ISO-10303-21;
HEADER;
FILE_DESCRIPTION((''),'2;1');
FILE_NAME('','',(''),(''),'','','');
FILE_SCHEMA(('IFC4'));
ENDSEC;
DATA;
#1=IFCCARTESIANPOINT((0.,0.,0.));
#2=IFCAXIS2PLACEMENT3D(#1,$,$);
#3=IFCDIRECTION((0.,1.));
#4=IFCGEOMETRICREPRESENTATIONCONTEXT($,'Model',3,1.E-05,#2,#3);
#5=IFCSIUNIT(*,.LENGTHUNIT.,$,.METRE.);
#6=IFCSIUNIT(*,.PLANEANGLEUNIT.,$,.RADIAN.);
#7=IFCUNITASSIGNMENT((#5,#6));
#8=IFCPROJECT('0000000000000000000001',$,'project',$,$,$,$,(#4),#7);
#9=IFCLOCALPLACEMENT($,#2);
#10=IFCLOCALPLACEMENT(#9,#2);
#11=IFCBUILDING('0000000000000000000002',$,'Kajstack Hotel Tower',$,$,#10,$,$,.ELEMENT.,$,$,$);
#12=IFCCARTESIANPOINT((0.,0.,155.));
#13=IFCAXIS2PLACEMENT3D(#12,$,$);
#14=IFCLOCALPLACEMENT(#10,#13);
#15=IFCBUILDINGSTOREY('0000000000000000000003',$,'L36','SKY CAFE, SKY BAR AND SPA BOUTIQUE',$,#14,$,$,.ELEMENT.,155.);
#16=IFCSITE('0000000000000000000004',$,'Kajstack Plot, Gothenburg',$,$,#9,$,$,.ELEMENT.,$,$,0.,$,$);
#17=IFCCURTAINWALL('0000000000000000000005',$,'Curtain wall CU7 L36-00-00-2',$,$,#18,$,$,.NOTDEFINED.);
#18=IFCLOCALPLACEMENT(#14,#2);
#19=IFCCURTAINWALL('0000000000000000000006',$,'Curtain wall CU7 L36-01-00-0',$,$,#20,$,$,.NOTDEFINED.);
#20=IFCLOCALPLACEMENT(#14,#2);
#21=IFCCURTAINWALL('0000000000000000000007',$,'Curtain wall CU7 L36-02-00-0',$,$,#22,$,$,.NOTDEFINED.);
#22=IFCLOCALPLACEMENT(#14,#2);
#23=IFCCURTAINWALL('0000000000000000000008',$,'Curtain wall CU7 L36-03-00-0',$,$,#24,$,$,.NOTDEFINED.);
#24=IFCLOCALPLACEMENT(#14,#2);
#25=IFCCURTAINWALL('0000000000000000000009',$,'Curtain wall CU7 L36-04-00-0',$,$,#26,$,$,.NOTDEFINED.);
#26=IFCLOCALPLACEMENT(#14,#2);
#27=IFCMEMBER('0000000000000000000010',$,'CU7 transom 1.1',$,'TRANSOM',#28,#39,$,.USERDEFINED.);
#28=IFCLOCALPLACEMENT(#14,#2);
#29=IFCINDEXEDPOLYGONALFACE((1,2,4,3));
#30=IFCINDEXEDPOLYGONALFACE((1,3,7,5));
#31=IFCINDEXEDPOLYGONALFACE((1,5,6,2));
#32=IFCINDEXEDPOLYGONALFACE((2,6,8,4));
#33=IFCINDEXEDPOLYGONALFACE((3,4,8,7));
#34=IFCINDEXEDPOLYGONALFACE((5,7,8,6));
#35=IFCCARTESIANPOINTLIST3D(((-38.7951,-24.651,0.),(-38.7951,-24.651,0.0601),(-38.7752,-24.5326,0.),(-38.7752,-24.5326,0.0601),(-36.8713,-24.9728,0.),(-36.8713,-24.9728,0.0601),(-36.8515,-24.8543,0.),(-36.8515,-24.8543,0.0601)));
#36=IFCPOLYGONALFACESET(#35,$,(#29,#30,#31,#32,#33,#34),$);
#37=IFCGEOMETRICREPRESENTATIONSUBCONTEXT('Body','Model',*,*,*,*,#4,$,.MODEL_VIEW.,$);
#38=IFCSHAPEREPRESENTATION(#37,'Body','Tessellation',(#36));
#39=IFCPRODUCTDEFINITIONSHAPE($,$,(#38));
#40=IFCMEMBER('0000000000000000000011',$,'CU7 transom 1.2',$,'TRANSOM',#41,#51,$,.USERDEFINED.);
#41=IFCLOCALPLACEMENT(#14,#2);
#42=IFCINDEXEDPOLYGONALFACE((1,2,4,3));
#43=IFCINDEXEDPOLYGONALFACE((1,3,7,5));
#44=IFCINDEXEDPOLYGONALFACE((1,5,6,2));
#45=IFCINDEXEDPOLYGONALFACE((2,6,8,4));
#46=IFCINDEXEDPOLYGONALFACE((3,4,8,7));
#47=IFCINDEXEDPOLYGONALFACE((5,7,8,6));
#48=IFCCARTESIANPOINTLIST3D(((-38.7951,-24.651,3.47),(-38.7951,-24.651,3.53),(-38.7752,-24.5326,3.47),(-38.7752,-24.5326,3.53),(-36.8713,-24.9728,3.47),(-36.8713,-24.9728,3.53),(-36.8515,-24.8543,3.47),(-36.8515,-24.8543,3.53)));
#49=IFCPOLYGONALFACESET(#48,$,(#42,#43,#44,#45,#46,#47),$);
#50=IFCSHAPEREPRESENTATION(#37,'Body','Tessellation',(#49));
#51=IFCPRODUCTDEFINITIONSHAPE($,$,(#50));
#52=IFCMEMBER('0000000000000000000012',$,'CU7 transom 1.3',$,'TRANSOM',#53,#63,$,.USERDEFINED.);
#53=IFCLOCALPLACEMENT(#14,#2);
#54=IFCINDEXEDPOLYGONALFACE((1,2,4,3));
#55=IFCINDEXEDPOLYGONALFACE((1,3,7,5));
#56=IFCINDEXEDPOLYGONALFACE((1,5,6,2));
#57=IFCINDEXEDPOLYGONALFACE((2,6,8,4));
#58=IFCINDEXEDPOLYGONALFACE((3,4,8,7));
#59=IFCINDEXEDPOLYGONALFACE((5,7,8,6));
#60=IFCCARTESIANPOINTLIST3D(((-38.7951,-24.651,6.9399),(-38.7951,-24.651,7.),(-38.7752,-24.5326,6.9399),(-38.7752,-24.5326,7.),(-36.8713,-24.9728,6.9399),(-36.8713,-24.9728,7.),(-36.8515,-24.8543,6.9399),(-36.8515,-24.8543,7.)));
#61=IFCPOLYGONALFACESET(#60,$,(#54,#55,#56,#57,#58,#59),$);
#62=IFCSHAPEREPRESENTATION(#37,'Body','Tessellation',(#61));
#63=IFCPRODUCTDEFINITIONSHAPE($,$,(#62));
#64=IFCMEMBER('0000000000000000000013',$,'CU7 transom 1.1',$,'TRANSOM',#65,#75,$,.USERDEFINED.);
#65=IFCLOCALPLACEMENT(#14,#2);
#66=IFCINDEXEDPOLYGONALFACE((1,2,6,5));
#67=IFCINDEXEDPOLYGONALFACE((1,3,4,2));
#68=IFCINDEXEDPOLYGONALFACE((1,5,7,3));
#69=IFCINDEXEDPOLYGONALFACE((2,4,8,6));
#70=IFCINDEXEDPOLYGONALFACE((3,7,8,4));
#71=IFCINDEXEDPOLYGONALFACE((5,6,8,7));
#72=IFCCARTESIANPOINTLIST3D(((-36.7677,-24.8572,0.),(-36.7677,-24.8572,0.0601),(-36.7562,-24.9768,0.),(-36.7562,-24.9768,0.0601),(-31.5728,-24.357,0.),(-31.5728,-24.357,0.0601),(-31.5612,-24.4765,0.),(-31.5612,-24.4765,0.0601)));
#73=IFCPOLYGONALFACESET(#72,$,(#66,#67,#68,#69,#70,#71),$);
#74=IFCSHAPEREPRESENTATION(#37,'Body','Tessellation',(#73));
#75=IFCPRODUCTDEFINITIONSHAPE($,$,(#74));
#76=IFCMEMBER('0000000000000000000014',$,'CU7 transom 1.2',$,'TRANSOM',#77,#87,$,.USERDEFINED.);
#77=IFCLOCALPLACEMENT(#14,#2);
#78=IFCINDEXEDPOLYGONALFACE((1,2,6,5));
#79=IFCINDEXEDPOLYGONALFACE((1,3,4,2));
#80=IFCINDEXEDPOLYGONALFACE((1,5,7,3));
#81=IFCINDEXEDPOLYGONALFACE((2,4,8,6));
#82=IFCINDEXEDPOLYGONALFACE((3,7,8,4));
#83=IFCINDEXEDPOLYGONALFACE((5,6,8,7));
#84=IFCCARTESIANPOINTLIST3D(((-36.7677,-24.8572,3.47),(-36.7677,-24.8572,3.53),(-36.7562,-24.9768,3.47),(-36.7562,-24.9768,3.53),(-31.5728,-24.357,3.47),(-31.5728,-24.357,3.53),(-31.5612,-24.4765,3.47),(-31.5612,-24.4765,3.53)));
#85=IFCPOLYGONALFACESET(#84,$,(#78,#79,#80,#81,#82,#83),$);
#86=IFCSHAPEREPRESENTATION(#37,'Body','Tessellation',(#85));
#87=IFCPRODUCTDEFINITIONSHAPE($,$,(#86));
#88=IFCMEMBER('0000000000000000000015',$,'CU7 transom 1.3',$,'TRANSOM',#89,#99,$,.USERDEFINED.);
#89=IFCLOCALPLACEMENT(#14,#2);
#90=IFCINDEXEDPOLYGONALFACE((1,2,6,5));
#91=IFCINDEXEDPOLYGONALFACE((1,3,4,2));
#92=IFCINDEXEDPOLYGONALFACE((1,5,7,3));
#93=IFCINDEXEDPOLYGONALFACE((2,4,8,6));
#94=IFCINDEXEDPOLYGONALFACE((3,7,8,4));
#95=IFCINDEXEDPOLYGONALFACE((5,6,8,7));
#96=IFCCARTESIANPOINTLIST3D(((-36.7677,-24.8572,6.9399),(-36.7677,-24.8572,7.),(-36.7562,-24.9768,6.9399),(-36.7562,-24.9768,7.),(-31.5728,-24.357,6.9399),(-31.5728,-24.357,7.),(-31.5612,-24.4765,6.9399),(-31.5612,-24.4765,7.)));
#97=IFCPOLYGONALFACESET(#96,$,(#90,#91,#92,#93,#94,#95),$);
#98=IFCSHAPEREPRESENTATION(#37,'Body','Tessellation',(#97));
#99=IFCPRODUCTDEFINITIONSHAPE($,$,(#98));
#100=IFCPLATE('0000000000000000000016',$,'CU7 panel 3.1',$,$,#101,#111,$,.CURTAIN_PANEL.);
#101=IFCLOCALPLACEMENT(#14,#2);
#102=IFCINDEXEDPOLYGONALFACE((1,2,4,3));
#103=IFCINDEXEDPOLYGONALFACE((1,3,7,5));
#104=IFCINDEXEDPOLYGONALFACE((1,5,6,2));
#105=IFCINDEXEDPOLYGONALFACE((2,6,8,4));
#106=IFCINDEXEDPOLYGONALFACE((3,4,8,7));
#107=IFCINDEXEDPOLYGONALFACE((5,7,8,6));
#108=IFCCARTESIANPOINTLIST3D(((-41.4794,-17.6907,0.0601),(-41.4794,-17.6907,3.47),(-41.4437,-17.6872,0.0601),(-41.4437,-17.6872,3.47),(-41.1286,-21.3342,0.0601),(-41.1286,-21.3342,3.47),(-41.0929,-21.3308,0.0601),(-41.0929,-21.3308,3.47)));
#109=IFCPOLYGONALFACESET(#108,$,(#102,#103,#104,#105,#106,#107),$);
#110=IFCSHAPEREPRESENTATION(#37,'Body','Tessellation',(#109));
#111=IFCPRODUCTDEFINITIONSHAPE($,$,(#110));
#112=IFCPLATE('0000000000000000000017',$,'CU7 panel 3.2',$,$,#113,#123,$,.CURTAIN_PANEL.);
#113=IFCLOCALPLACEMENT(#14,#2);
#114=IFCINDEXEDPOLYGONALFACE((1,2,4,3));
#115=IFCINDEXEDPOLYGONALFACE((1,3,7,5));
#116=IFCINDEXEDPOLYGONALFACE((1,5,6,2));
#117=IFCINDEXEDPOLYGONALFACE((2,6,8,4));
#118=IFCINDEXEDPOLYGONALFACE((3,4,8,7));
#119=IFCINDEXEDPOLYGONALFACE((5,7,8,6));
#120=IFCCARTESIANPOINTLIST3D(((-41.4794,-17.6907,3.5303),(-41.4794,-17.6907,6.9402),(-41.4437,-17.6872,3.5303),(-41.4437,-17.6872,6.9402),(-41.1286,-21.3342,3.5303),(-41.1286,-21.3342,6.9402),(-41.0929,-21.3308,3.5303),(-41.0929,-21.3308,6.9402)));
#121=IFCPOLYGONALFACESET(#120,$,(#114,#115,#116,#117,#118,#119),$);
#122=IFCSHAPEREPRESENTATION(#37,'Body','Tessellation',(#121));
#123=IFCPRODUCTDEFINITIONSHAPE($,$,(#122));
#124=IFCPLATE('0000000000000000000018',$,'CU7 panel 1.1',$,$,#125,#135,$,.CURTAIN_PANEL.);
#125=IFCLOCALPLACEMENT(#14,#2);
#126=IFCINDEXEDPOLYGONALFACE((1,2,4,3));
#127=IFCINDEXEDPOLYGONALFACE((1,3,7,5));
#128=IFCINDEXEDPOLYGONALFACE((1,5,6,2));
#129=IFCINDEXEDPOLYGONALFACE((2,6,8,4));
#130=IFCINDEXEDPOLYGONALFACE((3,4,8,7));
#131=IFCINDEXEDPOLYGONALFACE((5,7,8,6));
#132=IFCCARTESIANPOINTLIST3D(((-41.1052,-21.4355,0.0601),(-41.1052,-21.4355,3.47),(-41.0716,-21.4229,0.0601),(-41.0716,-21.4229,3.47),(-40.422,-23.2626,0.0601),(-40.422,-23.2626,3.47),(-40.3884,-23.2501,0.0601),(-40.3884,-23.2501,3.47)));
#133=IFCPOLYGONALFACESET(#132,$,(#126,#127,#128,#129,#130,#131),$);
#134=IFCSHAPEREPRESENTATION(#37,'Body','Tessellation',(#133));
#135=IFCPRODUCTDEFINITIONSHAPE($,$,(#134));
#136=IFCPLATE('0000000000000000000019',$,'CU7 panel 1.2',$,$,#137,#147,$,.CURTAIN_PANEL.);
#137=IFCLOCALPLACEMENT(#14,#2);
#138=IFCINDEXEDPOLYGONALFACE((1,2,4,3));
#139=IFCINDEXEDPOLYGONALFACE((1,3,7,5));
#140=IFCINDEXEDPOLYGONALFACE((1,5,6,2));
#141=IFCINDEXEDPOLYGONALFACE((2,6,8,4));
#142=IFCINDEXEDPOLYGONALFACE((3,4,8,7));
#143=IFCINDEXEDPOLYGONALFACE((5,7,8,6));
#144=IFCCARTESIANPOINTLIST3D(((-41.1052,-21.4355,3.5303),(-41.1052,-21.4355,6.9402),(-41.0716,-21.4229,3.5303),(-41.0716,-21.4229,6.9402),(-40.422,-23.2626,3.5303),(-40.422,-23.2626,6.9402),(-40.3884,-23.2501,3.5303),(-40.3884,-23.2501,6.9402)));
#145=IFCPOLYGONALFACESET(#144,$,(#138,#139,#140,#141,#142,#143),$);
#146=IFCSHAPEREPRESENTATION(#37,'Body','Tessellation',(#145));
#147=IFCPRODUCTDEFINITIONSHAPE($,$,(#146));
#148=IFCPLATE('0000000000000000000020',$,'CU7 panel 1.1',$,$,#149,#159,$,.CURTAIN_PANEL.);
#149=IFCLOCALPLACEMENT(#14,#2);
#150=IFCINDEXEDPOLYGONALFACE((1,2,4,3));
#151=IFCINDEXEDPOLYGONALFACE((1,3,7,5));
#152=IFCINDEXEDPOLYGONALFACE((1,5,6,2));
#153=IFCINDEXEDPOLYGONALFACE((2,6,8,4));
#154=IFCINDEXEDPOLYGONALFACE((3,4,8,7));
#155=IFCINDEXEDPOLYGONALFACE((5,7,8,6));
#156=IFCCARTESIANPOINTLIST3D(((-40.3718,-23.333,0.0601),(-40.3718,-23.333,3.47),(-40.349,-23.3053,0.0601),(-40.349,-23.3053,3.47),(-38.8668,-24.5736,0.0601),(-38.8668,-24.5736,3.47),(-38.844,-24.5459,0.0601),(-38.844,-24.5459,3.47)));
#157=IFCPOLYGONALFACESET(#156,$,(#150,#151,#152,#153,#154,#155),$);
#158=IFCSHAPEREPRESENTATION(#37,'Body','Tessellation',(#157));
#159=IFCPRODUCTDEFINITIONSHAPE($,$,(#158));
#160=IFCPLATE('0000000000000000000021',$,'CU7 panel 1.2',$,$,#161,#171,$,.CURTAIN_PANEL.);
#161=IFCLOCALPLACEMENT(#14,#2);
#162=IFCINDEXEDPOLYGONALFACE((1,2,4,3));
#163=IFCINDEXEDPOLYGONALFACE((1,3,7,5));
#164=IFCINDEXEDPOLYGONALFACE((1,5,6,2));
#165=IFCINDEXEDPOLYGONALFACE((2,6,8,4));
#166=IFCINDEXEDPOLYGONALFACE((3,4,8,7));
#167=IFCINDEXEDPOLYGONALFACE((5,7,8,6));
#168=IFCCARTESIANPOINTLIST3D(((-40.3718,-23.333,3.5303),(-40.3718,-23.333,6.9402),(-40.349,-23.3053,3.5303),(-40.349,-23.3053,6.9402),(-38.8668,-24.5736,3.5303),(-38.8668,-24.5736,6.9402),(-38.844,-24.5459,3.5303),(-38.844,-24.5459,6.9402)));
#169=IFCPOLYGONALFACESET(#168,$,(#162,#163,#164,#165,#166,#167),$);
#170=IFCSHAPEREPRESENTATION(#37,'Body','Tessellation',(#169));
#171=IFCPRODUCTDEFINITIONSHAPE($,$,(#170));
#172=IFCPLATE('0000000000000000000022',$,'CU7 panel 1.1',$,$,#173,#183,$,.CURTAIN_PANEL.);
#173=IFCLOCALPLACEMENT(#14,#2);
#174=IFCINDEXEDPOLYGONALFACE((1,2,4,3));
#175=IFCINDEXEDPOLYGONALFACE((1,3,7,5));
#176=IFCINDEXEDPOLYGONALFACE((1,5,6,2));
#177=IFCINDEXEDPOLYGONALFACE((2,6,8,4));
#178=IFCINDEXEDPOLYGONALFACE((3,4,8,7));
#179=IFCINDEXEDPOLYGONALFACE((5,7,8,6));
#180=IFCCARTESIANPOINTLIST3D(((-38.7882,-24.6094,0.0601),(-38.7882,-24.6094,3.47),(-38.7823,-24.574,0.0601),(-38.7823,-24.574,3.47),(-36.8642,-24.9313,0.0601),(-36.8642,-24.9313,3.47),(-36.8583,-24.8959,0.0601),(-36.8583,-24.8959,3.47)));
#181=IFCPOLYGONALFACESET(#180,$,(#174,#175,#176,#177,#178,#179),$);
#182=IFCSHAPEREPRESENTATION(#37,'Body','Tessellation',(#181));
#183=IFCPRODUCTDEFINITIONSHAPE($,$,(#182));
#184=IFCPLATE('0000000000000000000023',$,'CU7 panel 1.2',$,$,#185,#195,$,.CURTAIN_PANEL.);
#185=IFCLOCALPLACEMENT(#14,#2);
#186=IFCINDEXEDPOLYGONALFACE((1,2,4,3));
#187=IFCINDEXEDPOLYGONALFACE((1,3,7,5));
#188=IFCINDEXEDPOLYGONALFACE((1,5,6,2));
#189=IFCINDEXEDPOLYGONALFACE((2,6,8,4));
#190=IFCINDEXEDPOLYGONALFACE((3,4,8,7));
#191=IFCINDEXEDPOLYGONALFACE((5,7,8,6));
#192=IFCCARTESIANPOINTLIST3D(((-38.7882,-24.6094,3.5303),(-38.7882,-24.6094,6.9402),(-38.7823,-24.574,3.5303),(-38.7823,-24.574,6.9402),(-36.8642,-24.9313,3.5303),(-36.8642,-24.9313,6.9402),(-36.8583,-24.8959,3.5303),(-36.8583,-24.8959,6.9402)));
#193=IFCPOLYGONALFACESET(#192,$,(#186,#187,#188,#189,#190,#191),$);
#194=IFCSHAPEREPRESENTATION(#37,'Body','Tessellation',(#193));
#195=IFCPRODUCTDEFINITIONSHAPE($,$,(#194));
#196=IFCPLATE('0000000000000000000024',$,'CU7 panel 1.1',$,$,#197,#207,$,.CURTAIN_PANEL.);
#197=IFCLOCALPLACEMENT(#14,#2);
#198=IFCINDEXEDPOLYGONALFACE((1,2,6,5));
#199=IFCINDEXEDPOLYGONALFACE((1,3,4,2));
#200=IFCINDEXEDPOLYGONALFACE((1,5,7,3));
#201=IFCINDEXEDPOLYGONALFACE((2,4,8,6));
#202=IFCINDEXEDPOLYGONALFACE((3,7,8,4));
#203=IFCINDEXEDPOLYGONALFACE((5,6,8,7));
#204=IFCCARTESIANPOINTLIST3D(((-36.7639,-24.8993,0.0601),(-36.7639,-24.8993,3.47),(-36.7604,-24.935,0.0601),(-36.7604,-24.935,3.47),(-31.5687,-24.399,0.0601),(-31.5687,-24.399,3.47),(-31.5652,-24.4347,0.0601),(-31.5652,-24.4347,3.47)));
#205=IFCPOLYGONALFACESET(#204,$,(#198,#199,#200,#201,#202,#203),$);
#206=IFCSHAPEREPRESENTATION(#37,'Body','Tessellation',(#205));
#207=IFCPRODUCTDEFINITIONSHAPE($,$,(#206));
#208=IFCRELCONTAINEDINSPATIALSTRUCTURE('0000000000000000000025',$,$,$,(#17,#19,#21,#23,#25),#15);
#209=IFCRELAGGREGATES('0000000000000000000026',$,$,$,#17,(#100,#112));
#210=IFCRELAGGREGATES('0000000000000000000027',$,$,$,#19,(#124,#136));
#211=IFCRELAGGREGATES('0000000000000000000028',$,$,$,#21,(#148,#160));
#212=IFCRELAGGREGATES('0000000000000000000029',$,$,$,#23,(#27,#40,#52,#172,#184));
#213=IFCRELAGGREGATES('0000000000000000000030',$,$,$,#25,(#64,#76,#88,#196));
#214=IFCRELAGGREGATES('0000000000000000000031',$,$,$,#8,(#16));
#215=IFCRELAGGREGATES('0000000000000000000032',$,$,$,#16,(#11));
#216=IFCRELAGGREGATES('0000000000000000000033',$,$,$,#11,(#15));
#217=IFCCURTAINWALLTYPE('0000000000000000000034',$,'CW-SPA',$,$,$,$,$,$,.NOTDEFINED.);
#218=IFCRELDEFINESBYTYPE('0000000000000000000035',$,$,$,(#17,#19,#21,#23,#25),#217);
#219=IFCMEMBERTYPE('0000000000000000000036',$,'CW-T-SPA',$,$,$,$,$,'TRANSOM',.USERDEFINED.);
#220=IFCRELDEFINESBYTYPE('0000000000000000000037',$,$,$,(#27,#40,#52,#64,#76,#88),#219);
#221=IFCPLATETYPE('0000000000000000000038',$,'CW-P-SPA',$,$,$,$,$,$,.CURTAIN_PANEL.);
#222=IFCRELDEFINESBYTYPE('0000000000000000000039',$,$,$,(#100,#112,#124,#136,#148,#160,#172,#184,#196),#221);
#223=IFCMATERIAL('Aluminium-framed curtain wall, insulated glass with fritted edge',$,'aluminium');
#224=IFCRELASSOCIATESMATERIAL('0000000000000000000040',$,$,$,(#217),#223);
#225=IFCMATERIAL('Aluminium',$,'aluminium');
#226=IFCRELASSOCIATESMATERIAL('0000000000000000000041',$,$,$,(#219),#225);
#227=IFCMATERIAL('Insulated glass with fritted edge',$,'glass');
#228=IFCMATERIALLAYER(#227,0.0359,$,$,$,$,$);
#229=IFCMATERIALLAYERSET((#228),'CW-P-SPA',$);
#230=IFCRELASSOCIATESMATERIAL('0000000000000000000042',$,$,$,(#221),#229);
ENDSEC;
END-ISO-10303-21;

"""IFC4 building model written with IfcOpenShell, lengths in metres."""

from ifc_helpers import new_model, si_unit, direction, frame, origin, origin_2d, place, context, subcontext, project, spatial, rectangle, extrude, material, layer, layer_set, material_profile, profile_set, type_object, element, aggregate, save


model = new_model("IFC4")

# Units and contexts
model_context = context("Model", 3, precision=1e-05, world=origin(), true_north=direction((0.0, 1.0)))
body_context = subcontext(model_context, "Body", "Model", "MODEL_VIEW")
ifc_project = project(units=[si_unit("LENGTHUNIT", "METRE"), si_unit("PLANEANGLEUNIT", "RADIAN")], contexts=[model_context])

# Site, building, storey
site_placement = place(None, origin())
site = spatial("IfcSite", under=ifc_project, at=site_placement, Name="Kajstack Plot, Gothenburg", CompositionType="ELEMENT", RefElevation=0.0)
building_placement = place(site_placement, origin())
building = spatial("IfcBuilding", under=site, at=building_placement, Name="Kajstack Hotel Tower", CompositionType="ELEMENT")
storey_placement = place(building_placement, frame((0.0, 0.0, 155.0)))
storey = spatial("IfcBuildingStorey", under=building, at=storey_placement, Name="L36", Description="SKY CAFE, SKY BAR AND SPA BOUTIQUE", CompositionType="ELEMENT", Elevation=155.0)

# Curtain wall
ifc_material_1 = material(Name="Aluminium-framed curtain wall, insulated glass with fritted edge", Category="aluminium")
curtain_wall_type = type_object("IfcCurtainWallType", Name="CW-SPA", PredefinedType="NOTDEFINED", material=ifc_material_1)
curtain_wall_1_placement = place(storey_placement, origin())
curtain_wall_1 = element("IfcCurtainWall", 1, at=curtain_wall_1_placement, inside=storey, type_object=curtain_wall_type, Name="Curtain wall CU7 L36-00-00-2", PredefinedType="NOTDEFINED")
ifc_material_2 = material(Name="Aluminium", Category="aluminium")

# Curtain walls
curtain_wall_2_placement = place(storey_placement, origin())
curtain_wall_2 = element("IfcCurtainWall", 2, at=curtain_wall_2_placement, inside=storey, type_object=curtain_wall_type, Name="Curtain wall CU7 L36-01-00-0", PredefinedType="NOTDEFINED")
curtain_wall_3_placement = place(storey_placement, origin())
curtain_wall_3 = element("IfcCurtainWall", 3, at=curtain_wall_3_placement, inside=storey, type_object=curtain_wall_type, Name="Curtain wall CU7 L36-02-00-0", PredefinedType="NOTDEFINED")
curtain_wall_4_placement = place(storey_placement, origin())
curtain_wall_4 = element("IfcCurtainWall", 4, at=curtain_wall_4_placement, inside=storey, type_object=curtain_wall_type, Name="Curtain wall CU7 L36-03-00-0", PredefinedType="NOTDEFINED")

# Curtain wall
curtain_wall_5_placement = place(storey_placement, origin())
curtain_wall_5 = element("IfcCurtainWall", 5, at=curtain_wall_5_placement, inside=storey, type_object=curtain_wall_type, Name="Curtain wall CU7 L36-04-00-0", PredefinedType="NOTDEFINED")

# Members
ifc_material_profile_1 = material_profile(ifc_material_2, rectangle(XDim=0.1201, YDim=0.0601, at=origin_2d()), Name="Aluminium transom 120 x 60")
ifc_profile_set_1 = profile_set([ifc_material_profile_1], Name="Aluminium")
member_type_1 = type_object("IfcMemberType", Name="CW-T-SPA", ElementType="TRANSOM", PredefinedType="USERDEFINED", material=ifc_profile_set_1)
member_1_placement = place(storey_placement, frame((-38.7852, -24.5918, 0.03), z_axis=(0.986299, -0.164967, 0.0), x_axis=(0.164967, 0.986299, 0.0)))
member_1 = element("IfcMember", 6, at=member_1_placement, type_object=member_type_1, Name="CU7 transom 1.1", ObjectType="TRANSOM", PredefinedType="USERDEFINED", context=body_context, shape_type="SweptSolid", body=[
    extrude(rectangle(XDim=0.1201, YDim=0.0601, at=origin_2d()), origin(), (0.0, 0.0, 1.0), 1.9504),
])
member_2_placement = place(storey_placement, frame((-38.7852, -24.5918, 3.5), z_axis=(0.986299, -0.164967, 0.0), x_axis=(0.164967, 0.986299, 0.0)))
member_2 = element("IfcMember", 7, at=member_2_placement, type_object=member_type_1, Name="CU7 transom 1.2", ObjectType="TRANSOM", PredefinedType="USERDEFINED", context=body_context, shape_type="SweptSolid", body=[
    extrude(rectangle(XDim=0.1201, YDim=0.0601, at=origin_2d()), origin(), (0.0, 0.0, 1.0), 1.9504),
])
member_3_placement = place(storey_placement, frame((-38.7852, -24.5918, 6.97), z_axis=(0.986299, -0.164967, 0.0), x_axis=(0.164967, 0.986299, 0.0)))
member_3 = element("IfcMember", 8, at=member_3_placement, type_object=member_type_1, Name="CU7 transom 1.3", ObjectType="TRANSOM", PredefinedType="USERDEFINED", context=body_context, shape_type="SweptSolid", body=[
    extrude(rectangle(XDim=0.1201, YDim=0.0601, at=origin_2d()), origin(), (0.0, 0.0, 1.0), 1.9504),
])
member_4_placement = place(storey_placement, frame((-36.762, -24.917, 0.03), z_axis=(0.995396, 0.095849, 0.0), x_axis=(-0.095849, 0.995396, 0.0)))
member_4 = element("IfcMember", 9, at=member_4_placement, type_object=member_type_1, Name="CU7 transom 1.1", ObjectType="TRANSOM", PredefinedType="USERDEFINED", context=body_context, shape_type="SweptSolid", body=[
    extrude(rectangle(XDim=0.1201, YDim=0.0601, at=origin_2d()), origin(), (0.0, 0.0, 1.0), 5.219),
])
member_5_placement = place(storey_placement, frame((-36.762, -24.917, 3.5), z_axis=(0.995396, 0.095849, 0.0), x_axis=(-0.095849, 0.995396, 0.0)))
member_5 = element("IfcMember", 10, at=member_5_placement, type_object=member_type_1, Name="CU7 transom 1.2", ObjectType="TRANSOM", PredefinedType="USERDEFINED", context=body_context, shape_type="SweptSolid", body=[
    extrude(rectangle(XDim=0.1201, YDim=0.0601, at=origin_2d()), origin(), (0.0, 0.0, 1.0), 5.219),
])
member_6_placement = place(storey_placement, frame((-36.762, -24.917, 6.97), z_axis=(0.995396, 0.095849, 0.0), x_axis=(-0.095849, 0.995396, 0.0)))
member_6 = element("IfcMember", 11, at=member_6_placement, type_object=member_type_1, Name="CU7 transom 1.3", ObjectType="TRANSOM", PredefinedType="USERDEFINED", context=body_context, shape_type="SweptSolid", body=[
    extrude(rectangle(XDim=0.1201, YDim=0.0601, at=origin_2d()), origin(), (0.0, 0.0, 1.0), 5.219),
])

# Plates
ifc_material_3 = material(Name="Insulated glass with fritted edge", Category="glass")
ifc_layer_1 = layer(ifc_material_3, 0.0359)
ifc_layer_set_1 = layer_set([ifc_layer_1], Name="CW-P-SPA")
plate_type = type_object("IfcPlateType", Name="CW-P-SPA", PredefinedType="CURTAIN_PANEL", material=ifc_layer_set_1)
plate_1_placement = place(storey_placement, frame((-41.2861, -19.5107, 0.0601), z_axis=(0.0, 0.0, 1.0), x_axis=(0.095844, -0.995396, 0.0)))
plate_1 = element("IfcPlate", 12, at=plate_1_placement, type_object=plate_type, Name="CU7 panel 3.1", PredefinedType="CURTAIN_PANEL", context=body_context, shape_type="SweptSolid", body=[
    extrude(rectangle(XDim=3.6604, YDim=0.0359, at=origin_2d()), origin(), (0.0, 0.0, 1.0), 3.4099),
])
plate_2_placement = place(storey_placement, frame((-41.2861, -19.5107, 3.5303), z_axis=(0.0, 0.0, 1.0), x_axis=(0.095844, -0.995396, 0.0)))
plate_2 = element("IfcPlate", 13, at=plate_2_placement, type_object=plate_type, Name="CU7 panel 3.2", PredefinedType="CURTAIN_PANEL", context=body_context, shape_type="SweptSolid", body=[
    extrude(rectangle(XDim=3.6604, YDim=0.0359, at=origin_2d()), origin(), (0.0, 0.0, 1.0), 3.4099),
])
aggregate(curtain_wall_1, [plate_1, plate_2])
plate_3_placement = place(storey_placement, frame((-40.7468, -22.3428, 0.0601), z_axis=(0.0, 0.0, 1.0), x_axis=(0.350229, -0.936664, 0.0)))
plate_3 = element("IfcPlate", 14, at=plate_3_placement, type_object=plate_type, Name="CU7 panel 1.1", PredefinedType="CURTAIN_PANEL", context=body_context, shape_type="SweptSolid", body=[
    extrude(rectangle(XDim=1.9507, YDim=0.0359, at=origin_2d()), origin(), (0.0, 0.0, 1.0), 3.4099),
])
plate_4_placement = place(storey_placement, frame((-40.7468, -22.3428, 3.5303), z_axis=(0.0, 0.0, 1.0), x_axis=(0.350229, -0.936664, 0.0)))
plate_4 = element("IfcPlate", 15, at=plate_4_placement, type_object=plate_type, Name="CU7 panel 1.2", PredefinedType="CURTAIN_PANEL", context=body_context, shape_type="SweptSolid", body=[
    extrude(rectangle(XDim=1.9507, YDim=0.0359, at=origin_2d()), origin(), (0.0, 0.0, 1.0), 3.4099),
])
aggregate(curtain_wall_2, [plate_3, plate_4])
plate_5_placement = place(storey_placement, frame((-39.6079, -23.9395, 0.0601), z_axis=(0.0, 0.0, 1.0), x_axis=(0.771615, -0.63609, 0.0)))
plate_5 = element("IfcPlate", 16, at=plate_5_placement, type_object=plate_type, Name="CU7 panel 1.1", PredefinedType="CURTAIN_PANEL", context=body_context, shape_type="SweptSolid", body=[
    extrude(rectangle(XDim=1.9504, YDim=0.0359, at=origin_2d()), origin(), (0.0, 0.0, 1.0), 3.4099),
])
plate_6_placement = place(storey_placement, frame((-39.6079, -23.9395, 3.5303), z_axis=(0.0, 0.0, 1.0), x_axis=(0.771615, -0.63609, 0.0)))
plate_6 = element("IfcPlate", 17, at=plate_6_placement, type_object=plate_type, Name="CU7 panel 1.2", PredefinedType="CURTAIN_PANEL", context=body_context, shape_type="SweptSolid", body=[
    extrude(rectangle(XDim=1.9504, YDim=0.0359, at=origin_2d()), origin(), (0.0, 0.0, 1.0), 3.4099),
])
aggregate(curtain_wall_3, [plate_5, plate_6])
plate_7_placement = place(storey_placement, frame((-37.8232, -24.7527, 0.0601), z_axis=(0.0, 0.0, 1.0), x_axis=(0.986289, -0.165025, 0.0)))
plate_7 = element("IfcPlate", 18, at=plate_7_placement, type_object=plate_type, Name="CU7 panel 1.1", PredefinedType="CURTAIN_PANEL", context=body_context, shape_type="SweptSolid", body=[
    extrude(rectangle(XDim=1.9507, YDim=0.0359, at=origin_2d()), origin(), (0.0, 0.0, 1.0), 3.4099),
])
plate_8_placement = place(storey_placement, frame((-37.8232, -24.7527, 3.5303), z_axis=(0.0, 0.0, 1.0), x_axis=(0.986289, -0.165025, 0.0)))
plate_8 = element("IfcPlate", 19, at=plate_8_placement, type_object=plate_type, Name="CU7 panel 1.2", PredefinedType="CURTAIN_PANEL", context=body_context, shape_type="SweptSolid", body=[
    extrude(rectangle(XDim=1.9507, YDim=0.0359, at=origin_2d()), origin(), (0.0, 0.0, 1.0), 3.4099),
])
aggregate(curtain_wall_4, [member_1, member_2, member_3, plate_7, plate_8])
plate_9_placement = place(storey_placement, frame((-34.1646, -24.667, 0.0601), z_axis=(0.0, 0.0, 1.0), x_axis=(0.995396, 0.095845, 0.0)))
plate_9 = element("IfcPlate", 20, at=plate_9_placement, type_object=plate_type, Name="CU7 panel 1.1", PredefinedType="CURTAIN_PANEL", context=body_context, shape_type="SweptSolid", body=[
    extrude(rectangle(XDim=5.2192, YDim=0.0359, at=origin_2d()), origin(), (0.0, 0.0, 1.0), 3.4099),
])
aggregate(curtain_wall_5, [member_4, member_5, member_6, plate_9])

save(model, "model.ifc")
